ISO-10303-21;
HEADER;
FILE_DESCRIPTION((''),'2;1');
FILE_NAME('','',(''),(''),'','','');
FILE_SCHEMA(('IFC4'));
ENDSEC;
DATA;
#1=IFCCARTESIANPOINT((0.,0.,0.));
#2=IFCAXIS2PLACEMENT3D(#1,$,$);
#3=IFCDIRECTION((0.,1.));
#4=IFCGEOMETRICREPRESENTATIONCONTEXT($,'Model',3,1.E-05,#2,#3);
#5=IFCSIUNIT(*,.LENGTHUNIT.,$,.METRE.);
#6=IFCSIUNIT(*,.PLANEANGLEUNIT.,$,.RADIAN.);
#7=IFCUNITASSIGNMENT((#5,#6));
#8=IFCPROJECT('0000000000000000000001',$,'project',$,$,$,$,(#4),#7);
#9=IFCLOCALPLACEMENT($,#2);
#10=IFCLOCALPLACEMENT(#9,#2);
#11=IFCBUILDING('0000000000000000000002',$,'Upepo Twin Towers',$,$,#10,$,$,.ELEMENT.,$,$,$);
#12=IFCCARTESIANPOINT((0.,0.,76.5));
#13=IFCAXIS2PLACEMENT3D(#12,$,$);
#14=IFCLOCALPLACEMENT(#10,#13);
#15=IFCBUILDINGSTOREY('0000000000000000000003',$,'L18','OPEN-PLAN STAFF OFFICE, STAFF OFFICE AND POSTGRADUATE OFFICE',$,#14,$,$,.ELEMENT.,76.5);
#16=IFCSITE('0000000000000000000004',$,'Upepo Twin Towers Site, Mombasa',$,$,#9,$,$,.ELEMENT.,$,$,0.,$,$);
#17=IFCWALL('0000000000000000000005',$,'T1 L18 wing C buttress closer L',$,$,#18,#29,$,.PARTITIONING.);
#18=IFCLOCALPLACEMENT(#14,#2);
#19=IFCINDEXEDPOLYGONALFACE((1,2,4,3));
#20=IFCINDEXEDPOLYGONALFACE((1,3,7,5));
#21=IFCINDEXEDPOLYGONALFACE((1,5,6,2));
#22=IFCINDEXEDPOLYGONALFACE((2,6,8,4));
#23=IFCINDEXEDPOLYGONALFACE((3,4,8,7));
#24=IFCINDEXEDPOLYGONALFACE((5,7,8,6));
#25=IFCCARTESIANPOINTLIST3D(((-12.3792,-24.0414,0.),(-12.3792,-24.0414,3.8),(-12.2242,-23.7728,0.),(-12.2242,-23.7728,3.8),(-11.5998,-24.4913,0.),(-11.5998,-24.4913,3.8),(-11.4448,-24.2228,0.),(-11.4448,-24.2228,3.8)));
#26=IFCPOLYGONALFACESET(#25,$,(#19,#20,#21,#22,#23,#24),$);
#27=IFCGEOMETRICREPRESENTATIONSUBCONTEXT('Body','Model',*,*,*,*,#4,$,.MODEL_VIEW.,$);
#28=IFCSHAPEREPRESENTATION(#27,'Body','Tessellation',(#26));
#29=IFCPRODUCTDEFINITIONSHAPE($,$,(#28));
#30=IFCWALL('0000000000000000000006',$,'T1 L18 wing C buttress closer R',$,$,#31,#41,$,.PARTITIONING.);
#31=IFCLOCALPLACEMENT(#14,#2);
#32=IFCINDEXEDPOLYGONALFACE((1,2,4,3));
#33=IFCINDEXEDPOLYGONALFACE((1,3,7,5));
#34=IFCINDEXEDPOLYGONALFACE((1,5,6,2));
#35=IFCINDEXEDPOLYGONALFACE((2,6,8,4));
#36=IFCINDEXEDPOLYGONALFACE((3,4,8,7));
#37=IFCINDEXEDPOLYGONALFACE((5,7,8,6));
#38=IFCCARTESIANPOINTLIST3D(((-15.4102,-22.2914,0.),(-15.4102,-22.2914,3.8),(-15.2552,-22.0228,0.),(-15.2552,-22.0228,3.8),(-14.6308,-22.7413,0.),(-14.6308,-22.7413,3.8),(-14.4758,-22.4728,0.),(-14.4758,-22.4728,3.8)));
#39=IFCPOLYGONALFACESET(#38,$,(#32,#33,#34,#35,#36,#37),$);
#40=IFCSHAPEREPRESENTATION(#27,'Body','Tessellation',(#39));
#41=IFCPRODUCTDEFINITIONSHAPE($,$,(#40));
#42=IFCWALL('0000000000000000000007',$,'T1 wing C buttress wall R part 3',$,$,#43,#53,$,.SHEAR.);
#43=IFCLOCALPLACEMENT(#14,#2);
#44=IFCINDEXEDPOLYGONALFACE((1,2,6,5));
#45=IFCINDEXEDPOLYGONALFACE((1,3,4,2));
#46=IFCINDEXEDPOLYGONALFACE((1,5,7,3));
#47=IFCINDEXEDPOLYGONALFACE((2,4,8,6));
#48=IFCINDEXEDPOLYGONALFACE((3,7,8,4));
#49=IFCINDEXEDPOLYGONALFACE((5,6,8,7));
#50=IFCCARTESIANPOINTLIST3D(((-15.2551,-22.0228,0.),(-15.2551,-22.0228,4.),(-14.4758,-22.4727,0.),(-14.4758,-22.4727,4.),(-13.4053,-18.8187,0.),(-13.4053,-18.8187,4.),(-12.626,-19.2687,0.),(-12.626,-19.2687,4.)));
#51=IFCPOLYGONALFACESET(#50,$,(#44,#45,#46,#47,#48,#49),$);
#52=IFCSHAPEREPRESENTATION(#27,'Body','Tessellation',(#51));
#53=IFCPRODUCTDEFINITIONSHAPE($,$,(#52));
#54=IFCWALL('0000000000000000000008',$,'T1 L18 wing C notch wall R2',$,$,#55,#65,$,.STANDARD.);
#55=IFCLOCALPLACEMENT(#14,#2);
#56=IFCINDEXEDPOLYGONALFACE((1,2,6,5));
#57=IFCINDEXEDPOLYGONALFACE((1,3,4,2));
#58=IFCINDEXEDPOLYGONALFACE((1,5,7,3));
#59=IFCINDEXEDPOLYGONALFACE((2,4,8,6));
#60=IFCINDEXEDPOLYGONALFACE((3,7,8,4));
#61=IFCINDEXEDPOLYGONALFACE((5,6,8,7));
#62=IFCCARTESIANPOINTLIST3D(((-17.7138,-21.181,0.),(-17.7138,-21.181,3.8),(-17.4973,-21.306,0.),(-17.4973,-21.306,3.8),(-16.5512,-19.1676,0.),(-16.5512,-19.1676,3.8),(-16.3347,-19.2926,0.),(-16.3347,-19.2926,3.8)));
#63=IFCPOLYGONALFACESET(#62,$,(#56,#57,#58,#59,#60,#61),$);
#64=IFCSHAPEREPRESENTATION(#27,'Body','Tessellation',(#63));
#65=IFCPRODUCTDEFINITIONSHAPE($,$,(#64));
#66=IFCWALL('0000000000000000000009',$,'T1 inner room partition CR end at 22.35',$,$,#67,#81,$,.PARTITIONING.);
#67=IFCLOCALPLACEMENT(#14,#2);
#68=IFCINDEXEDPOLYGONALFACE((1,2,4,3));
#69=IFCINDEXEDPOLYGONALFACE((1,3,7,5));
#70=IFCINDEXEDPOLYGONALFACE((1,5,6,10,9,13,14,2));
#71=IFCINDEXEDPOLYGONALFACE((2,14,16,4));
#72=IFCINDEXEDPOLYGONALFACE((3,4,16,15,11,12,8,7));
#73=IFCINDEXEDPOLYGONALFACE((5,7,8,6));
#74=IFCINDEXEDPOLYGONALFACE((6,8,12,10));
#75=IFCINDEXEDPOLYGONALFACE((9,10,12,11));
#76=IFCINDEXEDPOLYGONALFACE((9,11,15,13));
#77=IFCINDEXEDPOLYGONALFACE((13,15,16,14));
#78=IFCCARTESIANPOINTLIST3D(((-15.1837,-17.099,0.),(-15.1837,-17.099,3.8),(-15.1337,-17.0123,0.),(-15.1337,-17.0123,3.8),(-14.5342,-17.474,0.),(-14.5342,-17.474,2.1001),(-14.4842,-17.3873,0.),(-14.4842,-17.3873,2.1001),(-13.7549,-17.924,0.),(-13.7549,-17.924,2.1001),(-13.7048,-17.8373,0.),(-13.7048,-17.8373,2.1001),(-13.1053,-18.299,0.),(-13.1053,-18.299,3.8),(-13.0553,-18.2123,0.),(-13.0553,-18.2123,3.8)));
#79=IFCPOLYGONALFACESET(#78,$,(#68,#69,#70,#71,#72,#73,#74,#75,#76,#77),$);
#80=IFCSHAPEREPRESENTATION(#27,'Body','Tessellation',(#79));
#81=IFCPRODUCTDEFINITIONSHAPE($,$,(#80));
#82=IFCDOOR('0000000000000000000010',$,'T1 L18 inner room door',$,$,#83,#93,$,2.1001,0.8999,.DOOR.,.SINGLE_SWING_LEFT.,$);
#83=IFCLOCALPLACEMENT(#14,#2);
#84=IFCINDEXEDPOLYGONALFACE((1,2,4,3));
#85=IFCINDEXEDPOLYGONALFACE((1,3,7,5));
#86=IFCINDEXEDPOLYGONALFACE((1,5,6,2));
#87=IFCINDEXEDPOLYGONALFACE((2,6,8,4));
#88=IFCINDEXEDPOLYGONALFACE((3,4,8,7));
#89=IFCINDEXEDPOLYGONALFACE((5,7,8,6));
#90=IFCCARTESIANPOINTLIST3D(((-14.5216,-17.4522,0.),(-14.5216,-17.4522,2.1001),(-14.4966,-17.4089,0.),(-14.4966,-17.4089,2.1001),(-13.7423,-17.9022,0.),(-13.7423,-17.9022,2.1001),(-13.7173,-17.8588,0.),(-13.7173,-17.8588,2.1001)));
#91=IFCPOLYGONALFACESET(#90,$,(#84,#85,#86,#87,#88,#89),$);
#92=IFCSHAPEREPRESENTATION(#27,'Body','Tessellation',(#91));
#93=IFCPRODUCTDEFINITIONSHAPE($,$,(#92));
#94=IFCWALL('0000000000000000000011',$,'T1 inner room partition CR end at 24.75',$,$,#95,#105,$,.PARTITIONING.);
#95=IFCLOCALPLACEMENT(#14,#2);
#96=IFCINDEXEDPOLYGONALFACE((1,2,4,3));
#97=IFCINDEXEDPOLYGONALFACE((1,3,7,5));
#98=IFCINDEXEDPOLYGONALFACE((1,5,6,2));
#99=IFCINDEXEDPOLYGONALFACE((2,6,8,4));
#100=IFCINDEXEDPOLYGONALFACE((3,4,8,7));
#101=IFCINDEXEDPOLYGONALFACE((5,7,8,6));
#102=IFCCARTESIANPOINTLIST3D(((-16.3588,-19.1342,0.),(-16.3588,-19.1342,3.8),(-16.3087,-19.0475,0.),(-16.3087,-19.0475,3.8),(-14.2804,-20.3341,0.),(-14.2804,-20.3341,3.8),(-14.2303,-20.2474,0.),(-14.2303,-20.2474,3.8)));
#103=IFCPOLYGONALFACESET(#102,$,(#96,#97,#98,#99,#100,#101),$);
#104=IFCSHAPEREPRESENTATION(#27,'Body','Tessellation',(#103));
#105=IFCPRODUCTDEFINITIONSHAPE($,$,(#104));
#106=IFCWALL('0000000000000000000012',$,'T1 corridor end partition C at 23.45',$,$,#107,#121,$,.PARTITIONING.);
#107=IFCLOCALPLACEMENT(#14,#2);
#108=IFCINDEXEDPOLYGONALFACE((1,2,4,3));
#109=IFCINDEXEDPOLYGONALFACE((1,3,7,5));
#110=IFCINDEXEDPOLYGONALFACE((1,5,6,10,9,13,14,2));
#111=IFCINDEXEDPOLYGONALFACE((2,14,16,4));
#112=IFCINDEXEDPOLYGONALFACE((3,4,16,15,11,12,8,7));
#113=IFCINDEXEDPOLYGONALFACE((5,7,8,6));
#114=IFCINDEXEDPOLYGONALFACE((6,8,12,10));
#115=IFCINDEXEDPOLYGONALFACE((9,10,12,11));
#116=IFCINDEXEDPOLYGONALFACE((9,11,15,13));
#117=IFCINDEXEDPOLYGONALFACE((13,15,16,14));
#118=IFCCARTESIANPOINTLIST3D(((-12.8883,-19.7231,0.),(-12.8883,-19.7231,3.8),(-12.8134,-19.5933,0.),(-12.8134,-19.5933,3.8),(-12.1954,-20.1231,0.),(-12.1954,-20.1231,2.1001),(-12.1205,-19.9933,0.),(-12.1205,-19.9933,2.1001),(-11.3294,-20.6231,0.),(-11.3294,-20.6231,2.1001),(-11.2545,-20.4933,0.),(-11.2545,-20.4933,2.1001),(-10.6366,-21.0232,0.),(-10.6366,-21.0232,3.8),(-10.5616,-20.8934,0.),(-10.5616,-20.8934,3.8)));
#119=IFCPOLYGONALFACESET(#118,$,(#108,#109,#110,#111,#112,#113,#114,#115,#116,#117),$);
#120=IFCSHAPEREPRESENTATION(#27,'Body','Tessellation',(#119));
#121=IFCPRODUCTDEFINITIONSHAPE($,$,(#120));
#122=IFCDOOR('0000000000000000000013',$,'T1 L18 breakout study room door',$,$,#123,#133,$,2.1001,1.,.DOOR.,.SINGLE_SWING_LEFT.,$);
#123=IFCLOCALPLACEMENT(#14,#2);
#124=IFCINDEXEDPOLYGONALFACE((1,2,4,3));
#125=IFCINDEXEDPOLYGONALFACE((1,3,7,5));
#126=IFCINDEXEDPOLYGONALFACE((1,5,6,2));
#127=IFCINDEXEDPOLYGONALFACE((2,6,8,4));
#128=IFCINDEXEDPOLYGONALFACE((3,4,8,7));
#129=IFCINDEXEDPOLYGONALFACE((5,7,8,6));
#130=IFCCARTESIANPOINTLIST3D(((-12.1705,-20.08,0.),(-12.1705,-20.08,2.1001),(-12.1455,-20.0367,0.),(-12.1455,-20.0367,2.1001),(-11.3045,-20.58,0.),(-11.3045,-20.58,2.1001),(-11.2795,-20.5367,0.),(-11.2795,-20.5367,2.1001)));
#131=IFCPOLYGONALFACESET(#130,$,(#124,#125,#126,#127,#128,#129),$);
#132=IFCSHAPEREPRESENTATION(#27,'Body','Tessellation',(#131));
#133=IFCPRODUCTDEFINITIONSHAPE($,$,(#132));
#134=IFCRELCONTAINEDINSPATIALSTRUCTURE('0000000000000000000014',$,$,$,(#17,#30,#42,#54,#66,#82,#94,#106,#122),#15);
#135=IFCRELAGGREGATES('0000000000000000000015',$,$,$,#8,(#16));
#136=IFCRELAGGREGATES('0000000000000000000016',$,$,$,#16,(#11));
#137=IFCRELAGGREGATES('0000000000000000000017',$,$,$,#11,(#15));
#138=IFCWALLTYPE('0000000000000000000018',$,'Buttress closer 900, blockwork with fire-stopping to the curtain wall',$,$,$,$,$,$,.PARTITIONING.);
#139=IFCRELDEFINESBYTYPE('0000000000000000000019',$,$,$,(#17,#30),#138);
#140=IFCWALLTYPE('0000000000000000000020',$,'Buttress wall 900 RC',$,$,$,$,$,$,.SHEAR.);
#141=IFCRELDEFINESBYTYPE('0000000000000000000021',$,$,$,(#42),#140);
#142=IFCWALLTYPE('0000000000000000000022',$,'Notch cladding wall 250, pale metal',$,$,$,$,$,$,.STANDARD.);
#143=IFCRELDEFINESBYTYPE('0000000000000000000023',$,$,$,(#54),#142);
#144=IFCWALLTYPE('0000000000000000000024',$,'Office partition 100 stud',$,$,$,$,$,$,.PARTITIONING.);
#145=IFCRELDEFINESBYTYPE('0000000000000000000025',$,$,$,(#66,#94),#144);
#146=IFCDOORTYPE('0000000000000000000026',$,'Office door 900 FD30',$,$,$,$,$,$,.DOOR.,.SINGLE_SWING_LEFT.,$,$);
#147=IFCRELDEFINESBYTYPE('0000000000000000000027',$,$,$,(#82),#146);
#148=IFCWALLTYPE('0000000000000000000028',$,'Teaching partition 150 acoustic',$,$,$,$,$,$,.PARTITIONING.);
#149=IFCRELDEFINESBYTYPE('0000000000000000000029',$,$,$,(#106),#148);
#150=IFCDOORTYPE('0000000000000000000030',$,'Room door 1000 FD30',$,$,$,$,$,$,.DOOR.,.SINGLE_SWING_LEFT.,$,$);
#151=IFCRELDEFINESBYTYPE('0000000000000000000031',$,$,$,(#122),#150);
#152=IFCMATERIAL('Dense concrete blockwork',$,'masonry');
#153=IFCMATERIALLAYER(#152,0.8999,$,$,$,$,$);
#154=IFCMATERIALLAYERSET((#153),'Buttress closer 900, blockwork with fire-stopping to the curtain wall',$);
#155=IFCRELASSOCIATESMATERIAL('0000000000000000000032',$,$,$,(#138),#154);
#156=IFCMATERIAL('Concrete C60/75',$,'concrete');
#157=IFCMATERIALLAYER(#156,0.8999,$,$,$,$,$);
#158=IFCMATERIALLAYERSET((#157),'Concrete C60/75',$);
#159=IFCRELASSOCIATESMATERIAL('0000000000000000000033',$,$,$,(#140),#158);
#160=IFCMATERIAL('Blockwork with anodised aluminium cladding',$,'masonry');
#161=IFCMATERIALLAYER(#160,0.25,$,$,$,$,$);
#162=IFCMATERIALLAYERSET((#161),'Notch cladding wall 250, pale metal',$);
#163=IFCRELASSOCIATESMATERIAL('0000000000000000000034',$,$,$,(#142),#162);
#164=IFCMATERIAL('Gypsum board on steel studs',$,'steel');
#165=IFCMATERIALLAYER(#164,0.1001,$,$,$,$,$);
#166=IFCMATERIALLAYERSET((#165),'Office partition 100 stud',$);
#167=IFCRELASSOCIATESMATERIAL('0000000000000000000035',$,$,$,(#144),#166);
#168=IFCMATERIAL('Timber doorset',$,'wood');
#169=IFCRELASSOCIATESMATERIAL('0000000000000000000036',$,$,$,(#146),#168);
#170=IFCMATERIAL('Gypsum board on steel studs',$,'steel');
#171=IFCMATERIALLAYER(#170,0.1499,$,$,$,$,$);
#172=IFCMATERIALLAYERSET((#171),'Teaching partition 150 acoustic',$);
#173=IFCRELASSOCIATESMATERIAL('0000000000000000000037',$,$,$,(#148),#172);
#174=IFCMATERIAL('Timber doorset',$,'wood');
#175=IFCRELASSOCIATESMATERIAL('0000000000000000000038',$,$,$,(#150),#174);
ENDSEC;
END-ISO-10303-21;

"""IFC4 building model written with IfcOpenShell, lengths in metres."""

from ifc_helpers import new_model, si_unit, direction, frame, frame_2d, origin, place, context, subcontext, project, spatial, rectangle, extrude, material, layer, layer_set, type_object, element, fill, save


model = new_model("IFC4")

# Units and contexts
model_context = context("Model", 3, precision=1e-05, world=origin(), true_north=direction((0.0, 1.0)))
body_context = subcontext(model_context, "Body", "Model", "MODEL_VIEW")
ifc_project = project(units=[si_unit("LENGTHUNIT", "METRE"), si_unit("PLANEANGLEUNIT", "RADIAN")], contexts=[model_context])

# Site, building, storey
site_placement = place(None, origin())
site = spatial("IfcSite", under=ifc_project, at=site_placement, Name="Upepo Twin Towers Site, Mombasa", CompositionType="ELEMENT", RefElevation=0.0)
building_placement = place(site_placement, origin())
building = spatial("IfcBuilding", under=site, at=building_placement, Name="Upepo Twin Towers", CompositionType="ELEMENT")
storey_placement = place(building_placement, frame((0.0, 0.0, 76.5)))
storey = spatial("IfcBuildingStorey", under=building, at=storey_placement, Name="L18", Description="OPEN-PLAN STAFF OFFICE, STAFF OFFICE AND POSTGRADUATE OFFICE", CompositionType="ELEMENT", Elevation=76.5)

# Walls
ifc_material_1 = material(Name="Dense concrete blockwork", Category="masonry")
ifc_layer_1 = layer(ifc_material_1, 0.8999)
ifc_layer_set_1 = layer_set([ifc_layer_1], Name="Buttress closer 900, blockwork with fire-stopping to the curtain wall")
wall_type_1 = type_object("IfcWallType", Name="Buttress closer 900, blockwork with fire-stopping to the curtain wall", PredefinedType="PARTITIONING", material=ifc_layer_set_1)
for number, where, z_axis, x_axis, name in (
    (1, (-11.8345, -23.9978, 0.0), (0.0, 0.0, 1.0), (-0.49995, -0.866054, 0.0), "T1 L18 wing C buttress closer L"),
    (2, (-14.8655, -22.2478, 0.0), (0.0, 0.0, 1.0), (-0.49995, -0.866054, 0.0), "T1 L18 wing C buttress closer R"),
):
    element("IfcWall", number, at=place(storey_placement, frame(where, z_axis=z_axis, x_axis=x_axis)), inside=storey, type_object=wall_type_1, Name=name, PredefinedType="PARTITIONING", context=body_context, shape_type="SweptSolid", body=[
        extrude(rectangle(XDim=0.3101, YDim=0.8999, at=frame_2d((0.155, 0.0))), origin(), (0.0, 0.0, 1.0), 3.8),
    ])
ifc_material_2 = material(Name="Concrete C60/75", Category="concrete")
ifc_layer_2 = layer(ifc_material_2, 0.8999)
ifc_layer_set_2 = layer_set([ifc_layer_2], Name="Concrete C60/75")
wall_type_2 = type_object("IfcWallType", Name="Buttress wall 900 RC", PredefinedType="SHEAR", material=ifc_layer_set_2)
wall_1_placement = place(storey_placement, frame((-13.0156, -19.0437, 0.0), z_axis=(0.0, 0.0, 1.0), x_axis=(-0.499993, -0.86603, 0.0)))
element("IfcWall", 3, at=wall_1_placement, inside=storey, type_object=wall_type_2, Name="T1 wing C buttress wall R part 3", PredefinedType="SHEAR", context=body_context, shape_type="SweptSolid", body=[
    extrude(rectangle(XDim=3.6997, YDim=0.8999, at=frame_2d((1.8499, 0.0))), origin(), (0.0, 0.0, 1.0), 4.0),
])
ifc_material_3 = material(Name="Blockwork with anodised aluminium cladding", Category="masonry")
ifc_layer_3 = layer(ifc_material_3, 0.25)
ifc_layer_set_3 = layer_set([ifc_layer_3], Name="Notch cladding wall 250, pale metal")
wall_type_3 = type_object("IfcWallType", Name="Notch cladding wall 250, pale metal", PredefinedType="STANDARD", material=ifc_layer_set_3)
wall_2_placement = place(storey_placement, frame((-16.4429, -19.23, 0.0), z_axis=(0.0, 0.0, 1.0), x_axis=(-0.500047, -0.865998, 0.0)))
element("IfcWall", 4, at=wall_2_placement, inside=storey, type_object=wall_type_3, Name="T1 L18 wing C notch wall R2", PredefinedType="STANDARD", context=body_context, shape_type="SweptSolid", body=[
    extrude(rectangle(XDim=2.325, YDim=0.25, at=frame_2d((1.1626, 0.0))), origin(), (0.0, 0.0, 1.0), 3.8),
])

# Wall, opening, door
ifc_material_4 = material(Name="Gypsum board on steel studs", Category="steel")
ifc_layer_4 = layer(ifc_material_4, 0.1001)
ifc_layer_set_4 = layer_set([ifc_layer_4], Name="Office partition 100 stud")
wall_type_4 = type_object("IfcWallType", Name="Office partition 100 stud", PredefinedType="PARTITIONING", material=ifc_layer_set_4)
wall_3_placement = place(storey_placement, frame((-13.0803, -18.2556, 0.0), z_axis=(0.0, 0.0, 1.0), x_axis=(-0.866025, 0.500001, 0.0)))
wall_3 = element("IfcWall", 5, at=wall_3_placement, inside=storey, type_object=wall_type_4, Name="T1 inner room partition CR end at 22.35", PredefinedType="PARTITIONING", context=body_context, shape_type="SweptSolid", body=[
    extrude(rectangle(XDim=2.3999, YDim=0.1001, at=frame_2d((1.2, 0.0))), origin(), (0.0, 0.0, 1.0), 3.8),
])
opening_1_placement = place(wall_3_placement, frame((0.75, 0.0, 0.0)))
opening_1 = element("IfcOpeningElement", 6, at=opening_1_placement, cuts=wall_3, PredefinedType="OPENING", context=body_context, shape_type="SweptSolid", body=[
    extrude(rectangle(XDim=0.8999, YDim=2.1001, at=frame_2d((0.45, 1.05))), frame((0.0, 0.0601, 0.0), z_axis=(0.0, -1.0, 0.0), x_axis=(1.0, 0.0, 0.0)), (0.0, 0.0, 1.0), 0.1201),
])
ifc_material_5 = material(Name="Timber doorset", Category="wood")
door_type_1 = type_object("IfcDoorType", Name="Office door 900 FD30", OperationType="SINGLE_SWING_LEFT", PredefinedType="DOOR", material=ifc_material_5)
door_1_placement = place(opening_1_placement, origin())
door_1 = element("IfcDoor", 7, at=door_1_placement, inside=storey, type_object=door_type_1, Name="T1 L18 inner room door", OperationType="SINGLE_SWING_LEFT", OverallHeight=2.1001, OverallWidth=0.8999, PredefinedType="DOOR", context=body_context, shape_type="SweptSolid", body=[
    extrude(rectangle(XDim=0.8999, YDim=2.1001, at=frame_2d((0.45, 1.05))), frame((0.0, 0.0249, 0.0), z_axis=(0.0, -1.0, 0.0), x_axis=(1.0, 0.0, 0.0)), (0.0, 0.0, 1.0), 0.05),
])
fill(opening_1, door_1)

# Wall
wall_4_placement = place(storey_placement, frame((-14.2554, -20.2908, 0.0), z_axis=(0.0, 0.0, 1.0), x_axis=(-0.866025, 0.500001, 0.0)))
element("IfcWall", 8, at=wall_4_placement, inside=storey, type_object=wall_type_4, Name="T1 inner room partition CR end at 24.75", PredefinedType="PARTITIONING", context=body_context, shape_type="SweptSolid", body=[
    extrude(rectangle(XDim=2.3999, YDim=0.1001, at=frame_2d((1.2, 0.0))), origin(), (0.0, 0.0, 1.0), 3.8),
])

# Wall, opening, door
ifc_material_6 = material(Name="Gypsum board on steel studs", Category="steel")
ifc_layer_5 = layer(ifc_material_6, 0.1499)
ifc_layer_set_5 = layer_set([ifc_layer_5], Name="Teaching partition 150 acoustic")
wall_type_5 = type_object("IfcWallType", Name="Teaching partition 150 acoustic", PredefinedType="PARTITIONING", material=ifc_layer_set_5)
wall_5_placement = place(storey_placement, frame((-12.8508, -19.6582, 0.0), z_axis=(0.0, 0.0, 1.0), x_axis=(0.866021, -0.500007, 0.0)))
wall_5 = element("IfcWall", 9, at=wall_5_placement, inside=storey, type_object=wall_type_5, Name="T1 corridor end partition C at 23.45", PredefinedType="PARTITIONING", context=body_context, shape_type="SweptSolid", body=[
    extrude(rectangle(XDim=2.6001, YDim=0.1499, at=frame_2d((1.3, 0.0))), origin(), (0.0, 0.0, 1.0), 3.8),
])
opening_2_placement = place(wall_5_placement, frame((0.8, 0.0, 0.0)))
opening_2 = element("IfcOpeningElement", 10, at=opening_2_placement, cuts=wall_5, PredefinedType="OPENING", context=body_context, shape_type="SweptSolid", body=[
    extrude(rectangle(XDim=1.0, YDim=2.1001, at=frame_2d((0.5, 1.05))), frame((0.0, 0.085, 0.0), z_axis=(0.0, -1.0, 0.0), x_axis=(1.0, 0.0, 0.0)), (0.0, 0.0, 1.0), 0.1699),
])
ifc_material_7 = material(Name="Timber doorset", Category="wood")
door_type_2 = type_object("IfcDoorType", Name="Room door 1000 FD30", OperationType="SINGLE_SWING_LEFT", PredefinedType="DOOR", material=ifc_material_7)
door_2_placement = place(opening_2_placement, origin())
door_2 = element("IfcDoor", 11, at=door_2_placement, inside=storey, type_object=door_type_2, Name="T1 L18 breakout study room door", OperationType="SINGLE_SWING_LEFT", OverallHeight=2.1001, OverallWidth=1.0, PredefinedType="DOOR", context=body_context, shape_type="SweptSolid", body=[
    extrude(rectangle(XDim=1.0, YDim=2.1001, at=frame_2d((0.5, 1.05))), frame((0.0, 0.0249, 0.0), z_axis=(0.0, -1.0, 0.0), x_axis=(1.0, 0.0, 0.0)), (0.0, 0.0, 1.0), 0.05),
])
fill(opening_2, door_2)

save(model, "model.ifc")
